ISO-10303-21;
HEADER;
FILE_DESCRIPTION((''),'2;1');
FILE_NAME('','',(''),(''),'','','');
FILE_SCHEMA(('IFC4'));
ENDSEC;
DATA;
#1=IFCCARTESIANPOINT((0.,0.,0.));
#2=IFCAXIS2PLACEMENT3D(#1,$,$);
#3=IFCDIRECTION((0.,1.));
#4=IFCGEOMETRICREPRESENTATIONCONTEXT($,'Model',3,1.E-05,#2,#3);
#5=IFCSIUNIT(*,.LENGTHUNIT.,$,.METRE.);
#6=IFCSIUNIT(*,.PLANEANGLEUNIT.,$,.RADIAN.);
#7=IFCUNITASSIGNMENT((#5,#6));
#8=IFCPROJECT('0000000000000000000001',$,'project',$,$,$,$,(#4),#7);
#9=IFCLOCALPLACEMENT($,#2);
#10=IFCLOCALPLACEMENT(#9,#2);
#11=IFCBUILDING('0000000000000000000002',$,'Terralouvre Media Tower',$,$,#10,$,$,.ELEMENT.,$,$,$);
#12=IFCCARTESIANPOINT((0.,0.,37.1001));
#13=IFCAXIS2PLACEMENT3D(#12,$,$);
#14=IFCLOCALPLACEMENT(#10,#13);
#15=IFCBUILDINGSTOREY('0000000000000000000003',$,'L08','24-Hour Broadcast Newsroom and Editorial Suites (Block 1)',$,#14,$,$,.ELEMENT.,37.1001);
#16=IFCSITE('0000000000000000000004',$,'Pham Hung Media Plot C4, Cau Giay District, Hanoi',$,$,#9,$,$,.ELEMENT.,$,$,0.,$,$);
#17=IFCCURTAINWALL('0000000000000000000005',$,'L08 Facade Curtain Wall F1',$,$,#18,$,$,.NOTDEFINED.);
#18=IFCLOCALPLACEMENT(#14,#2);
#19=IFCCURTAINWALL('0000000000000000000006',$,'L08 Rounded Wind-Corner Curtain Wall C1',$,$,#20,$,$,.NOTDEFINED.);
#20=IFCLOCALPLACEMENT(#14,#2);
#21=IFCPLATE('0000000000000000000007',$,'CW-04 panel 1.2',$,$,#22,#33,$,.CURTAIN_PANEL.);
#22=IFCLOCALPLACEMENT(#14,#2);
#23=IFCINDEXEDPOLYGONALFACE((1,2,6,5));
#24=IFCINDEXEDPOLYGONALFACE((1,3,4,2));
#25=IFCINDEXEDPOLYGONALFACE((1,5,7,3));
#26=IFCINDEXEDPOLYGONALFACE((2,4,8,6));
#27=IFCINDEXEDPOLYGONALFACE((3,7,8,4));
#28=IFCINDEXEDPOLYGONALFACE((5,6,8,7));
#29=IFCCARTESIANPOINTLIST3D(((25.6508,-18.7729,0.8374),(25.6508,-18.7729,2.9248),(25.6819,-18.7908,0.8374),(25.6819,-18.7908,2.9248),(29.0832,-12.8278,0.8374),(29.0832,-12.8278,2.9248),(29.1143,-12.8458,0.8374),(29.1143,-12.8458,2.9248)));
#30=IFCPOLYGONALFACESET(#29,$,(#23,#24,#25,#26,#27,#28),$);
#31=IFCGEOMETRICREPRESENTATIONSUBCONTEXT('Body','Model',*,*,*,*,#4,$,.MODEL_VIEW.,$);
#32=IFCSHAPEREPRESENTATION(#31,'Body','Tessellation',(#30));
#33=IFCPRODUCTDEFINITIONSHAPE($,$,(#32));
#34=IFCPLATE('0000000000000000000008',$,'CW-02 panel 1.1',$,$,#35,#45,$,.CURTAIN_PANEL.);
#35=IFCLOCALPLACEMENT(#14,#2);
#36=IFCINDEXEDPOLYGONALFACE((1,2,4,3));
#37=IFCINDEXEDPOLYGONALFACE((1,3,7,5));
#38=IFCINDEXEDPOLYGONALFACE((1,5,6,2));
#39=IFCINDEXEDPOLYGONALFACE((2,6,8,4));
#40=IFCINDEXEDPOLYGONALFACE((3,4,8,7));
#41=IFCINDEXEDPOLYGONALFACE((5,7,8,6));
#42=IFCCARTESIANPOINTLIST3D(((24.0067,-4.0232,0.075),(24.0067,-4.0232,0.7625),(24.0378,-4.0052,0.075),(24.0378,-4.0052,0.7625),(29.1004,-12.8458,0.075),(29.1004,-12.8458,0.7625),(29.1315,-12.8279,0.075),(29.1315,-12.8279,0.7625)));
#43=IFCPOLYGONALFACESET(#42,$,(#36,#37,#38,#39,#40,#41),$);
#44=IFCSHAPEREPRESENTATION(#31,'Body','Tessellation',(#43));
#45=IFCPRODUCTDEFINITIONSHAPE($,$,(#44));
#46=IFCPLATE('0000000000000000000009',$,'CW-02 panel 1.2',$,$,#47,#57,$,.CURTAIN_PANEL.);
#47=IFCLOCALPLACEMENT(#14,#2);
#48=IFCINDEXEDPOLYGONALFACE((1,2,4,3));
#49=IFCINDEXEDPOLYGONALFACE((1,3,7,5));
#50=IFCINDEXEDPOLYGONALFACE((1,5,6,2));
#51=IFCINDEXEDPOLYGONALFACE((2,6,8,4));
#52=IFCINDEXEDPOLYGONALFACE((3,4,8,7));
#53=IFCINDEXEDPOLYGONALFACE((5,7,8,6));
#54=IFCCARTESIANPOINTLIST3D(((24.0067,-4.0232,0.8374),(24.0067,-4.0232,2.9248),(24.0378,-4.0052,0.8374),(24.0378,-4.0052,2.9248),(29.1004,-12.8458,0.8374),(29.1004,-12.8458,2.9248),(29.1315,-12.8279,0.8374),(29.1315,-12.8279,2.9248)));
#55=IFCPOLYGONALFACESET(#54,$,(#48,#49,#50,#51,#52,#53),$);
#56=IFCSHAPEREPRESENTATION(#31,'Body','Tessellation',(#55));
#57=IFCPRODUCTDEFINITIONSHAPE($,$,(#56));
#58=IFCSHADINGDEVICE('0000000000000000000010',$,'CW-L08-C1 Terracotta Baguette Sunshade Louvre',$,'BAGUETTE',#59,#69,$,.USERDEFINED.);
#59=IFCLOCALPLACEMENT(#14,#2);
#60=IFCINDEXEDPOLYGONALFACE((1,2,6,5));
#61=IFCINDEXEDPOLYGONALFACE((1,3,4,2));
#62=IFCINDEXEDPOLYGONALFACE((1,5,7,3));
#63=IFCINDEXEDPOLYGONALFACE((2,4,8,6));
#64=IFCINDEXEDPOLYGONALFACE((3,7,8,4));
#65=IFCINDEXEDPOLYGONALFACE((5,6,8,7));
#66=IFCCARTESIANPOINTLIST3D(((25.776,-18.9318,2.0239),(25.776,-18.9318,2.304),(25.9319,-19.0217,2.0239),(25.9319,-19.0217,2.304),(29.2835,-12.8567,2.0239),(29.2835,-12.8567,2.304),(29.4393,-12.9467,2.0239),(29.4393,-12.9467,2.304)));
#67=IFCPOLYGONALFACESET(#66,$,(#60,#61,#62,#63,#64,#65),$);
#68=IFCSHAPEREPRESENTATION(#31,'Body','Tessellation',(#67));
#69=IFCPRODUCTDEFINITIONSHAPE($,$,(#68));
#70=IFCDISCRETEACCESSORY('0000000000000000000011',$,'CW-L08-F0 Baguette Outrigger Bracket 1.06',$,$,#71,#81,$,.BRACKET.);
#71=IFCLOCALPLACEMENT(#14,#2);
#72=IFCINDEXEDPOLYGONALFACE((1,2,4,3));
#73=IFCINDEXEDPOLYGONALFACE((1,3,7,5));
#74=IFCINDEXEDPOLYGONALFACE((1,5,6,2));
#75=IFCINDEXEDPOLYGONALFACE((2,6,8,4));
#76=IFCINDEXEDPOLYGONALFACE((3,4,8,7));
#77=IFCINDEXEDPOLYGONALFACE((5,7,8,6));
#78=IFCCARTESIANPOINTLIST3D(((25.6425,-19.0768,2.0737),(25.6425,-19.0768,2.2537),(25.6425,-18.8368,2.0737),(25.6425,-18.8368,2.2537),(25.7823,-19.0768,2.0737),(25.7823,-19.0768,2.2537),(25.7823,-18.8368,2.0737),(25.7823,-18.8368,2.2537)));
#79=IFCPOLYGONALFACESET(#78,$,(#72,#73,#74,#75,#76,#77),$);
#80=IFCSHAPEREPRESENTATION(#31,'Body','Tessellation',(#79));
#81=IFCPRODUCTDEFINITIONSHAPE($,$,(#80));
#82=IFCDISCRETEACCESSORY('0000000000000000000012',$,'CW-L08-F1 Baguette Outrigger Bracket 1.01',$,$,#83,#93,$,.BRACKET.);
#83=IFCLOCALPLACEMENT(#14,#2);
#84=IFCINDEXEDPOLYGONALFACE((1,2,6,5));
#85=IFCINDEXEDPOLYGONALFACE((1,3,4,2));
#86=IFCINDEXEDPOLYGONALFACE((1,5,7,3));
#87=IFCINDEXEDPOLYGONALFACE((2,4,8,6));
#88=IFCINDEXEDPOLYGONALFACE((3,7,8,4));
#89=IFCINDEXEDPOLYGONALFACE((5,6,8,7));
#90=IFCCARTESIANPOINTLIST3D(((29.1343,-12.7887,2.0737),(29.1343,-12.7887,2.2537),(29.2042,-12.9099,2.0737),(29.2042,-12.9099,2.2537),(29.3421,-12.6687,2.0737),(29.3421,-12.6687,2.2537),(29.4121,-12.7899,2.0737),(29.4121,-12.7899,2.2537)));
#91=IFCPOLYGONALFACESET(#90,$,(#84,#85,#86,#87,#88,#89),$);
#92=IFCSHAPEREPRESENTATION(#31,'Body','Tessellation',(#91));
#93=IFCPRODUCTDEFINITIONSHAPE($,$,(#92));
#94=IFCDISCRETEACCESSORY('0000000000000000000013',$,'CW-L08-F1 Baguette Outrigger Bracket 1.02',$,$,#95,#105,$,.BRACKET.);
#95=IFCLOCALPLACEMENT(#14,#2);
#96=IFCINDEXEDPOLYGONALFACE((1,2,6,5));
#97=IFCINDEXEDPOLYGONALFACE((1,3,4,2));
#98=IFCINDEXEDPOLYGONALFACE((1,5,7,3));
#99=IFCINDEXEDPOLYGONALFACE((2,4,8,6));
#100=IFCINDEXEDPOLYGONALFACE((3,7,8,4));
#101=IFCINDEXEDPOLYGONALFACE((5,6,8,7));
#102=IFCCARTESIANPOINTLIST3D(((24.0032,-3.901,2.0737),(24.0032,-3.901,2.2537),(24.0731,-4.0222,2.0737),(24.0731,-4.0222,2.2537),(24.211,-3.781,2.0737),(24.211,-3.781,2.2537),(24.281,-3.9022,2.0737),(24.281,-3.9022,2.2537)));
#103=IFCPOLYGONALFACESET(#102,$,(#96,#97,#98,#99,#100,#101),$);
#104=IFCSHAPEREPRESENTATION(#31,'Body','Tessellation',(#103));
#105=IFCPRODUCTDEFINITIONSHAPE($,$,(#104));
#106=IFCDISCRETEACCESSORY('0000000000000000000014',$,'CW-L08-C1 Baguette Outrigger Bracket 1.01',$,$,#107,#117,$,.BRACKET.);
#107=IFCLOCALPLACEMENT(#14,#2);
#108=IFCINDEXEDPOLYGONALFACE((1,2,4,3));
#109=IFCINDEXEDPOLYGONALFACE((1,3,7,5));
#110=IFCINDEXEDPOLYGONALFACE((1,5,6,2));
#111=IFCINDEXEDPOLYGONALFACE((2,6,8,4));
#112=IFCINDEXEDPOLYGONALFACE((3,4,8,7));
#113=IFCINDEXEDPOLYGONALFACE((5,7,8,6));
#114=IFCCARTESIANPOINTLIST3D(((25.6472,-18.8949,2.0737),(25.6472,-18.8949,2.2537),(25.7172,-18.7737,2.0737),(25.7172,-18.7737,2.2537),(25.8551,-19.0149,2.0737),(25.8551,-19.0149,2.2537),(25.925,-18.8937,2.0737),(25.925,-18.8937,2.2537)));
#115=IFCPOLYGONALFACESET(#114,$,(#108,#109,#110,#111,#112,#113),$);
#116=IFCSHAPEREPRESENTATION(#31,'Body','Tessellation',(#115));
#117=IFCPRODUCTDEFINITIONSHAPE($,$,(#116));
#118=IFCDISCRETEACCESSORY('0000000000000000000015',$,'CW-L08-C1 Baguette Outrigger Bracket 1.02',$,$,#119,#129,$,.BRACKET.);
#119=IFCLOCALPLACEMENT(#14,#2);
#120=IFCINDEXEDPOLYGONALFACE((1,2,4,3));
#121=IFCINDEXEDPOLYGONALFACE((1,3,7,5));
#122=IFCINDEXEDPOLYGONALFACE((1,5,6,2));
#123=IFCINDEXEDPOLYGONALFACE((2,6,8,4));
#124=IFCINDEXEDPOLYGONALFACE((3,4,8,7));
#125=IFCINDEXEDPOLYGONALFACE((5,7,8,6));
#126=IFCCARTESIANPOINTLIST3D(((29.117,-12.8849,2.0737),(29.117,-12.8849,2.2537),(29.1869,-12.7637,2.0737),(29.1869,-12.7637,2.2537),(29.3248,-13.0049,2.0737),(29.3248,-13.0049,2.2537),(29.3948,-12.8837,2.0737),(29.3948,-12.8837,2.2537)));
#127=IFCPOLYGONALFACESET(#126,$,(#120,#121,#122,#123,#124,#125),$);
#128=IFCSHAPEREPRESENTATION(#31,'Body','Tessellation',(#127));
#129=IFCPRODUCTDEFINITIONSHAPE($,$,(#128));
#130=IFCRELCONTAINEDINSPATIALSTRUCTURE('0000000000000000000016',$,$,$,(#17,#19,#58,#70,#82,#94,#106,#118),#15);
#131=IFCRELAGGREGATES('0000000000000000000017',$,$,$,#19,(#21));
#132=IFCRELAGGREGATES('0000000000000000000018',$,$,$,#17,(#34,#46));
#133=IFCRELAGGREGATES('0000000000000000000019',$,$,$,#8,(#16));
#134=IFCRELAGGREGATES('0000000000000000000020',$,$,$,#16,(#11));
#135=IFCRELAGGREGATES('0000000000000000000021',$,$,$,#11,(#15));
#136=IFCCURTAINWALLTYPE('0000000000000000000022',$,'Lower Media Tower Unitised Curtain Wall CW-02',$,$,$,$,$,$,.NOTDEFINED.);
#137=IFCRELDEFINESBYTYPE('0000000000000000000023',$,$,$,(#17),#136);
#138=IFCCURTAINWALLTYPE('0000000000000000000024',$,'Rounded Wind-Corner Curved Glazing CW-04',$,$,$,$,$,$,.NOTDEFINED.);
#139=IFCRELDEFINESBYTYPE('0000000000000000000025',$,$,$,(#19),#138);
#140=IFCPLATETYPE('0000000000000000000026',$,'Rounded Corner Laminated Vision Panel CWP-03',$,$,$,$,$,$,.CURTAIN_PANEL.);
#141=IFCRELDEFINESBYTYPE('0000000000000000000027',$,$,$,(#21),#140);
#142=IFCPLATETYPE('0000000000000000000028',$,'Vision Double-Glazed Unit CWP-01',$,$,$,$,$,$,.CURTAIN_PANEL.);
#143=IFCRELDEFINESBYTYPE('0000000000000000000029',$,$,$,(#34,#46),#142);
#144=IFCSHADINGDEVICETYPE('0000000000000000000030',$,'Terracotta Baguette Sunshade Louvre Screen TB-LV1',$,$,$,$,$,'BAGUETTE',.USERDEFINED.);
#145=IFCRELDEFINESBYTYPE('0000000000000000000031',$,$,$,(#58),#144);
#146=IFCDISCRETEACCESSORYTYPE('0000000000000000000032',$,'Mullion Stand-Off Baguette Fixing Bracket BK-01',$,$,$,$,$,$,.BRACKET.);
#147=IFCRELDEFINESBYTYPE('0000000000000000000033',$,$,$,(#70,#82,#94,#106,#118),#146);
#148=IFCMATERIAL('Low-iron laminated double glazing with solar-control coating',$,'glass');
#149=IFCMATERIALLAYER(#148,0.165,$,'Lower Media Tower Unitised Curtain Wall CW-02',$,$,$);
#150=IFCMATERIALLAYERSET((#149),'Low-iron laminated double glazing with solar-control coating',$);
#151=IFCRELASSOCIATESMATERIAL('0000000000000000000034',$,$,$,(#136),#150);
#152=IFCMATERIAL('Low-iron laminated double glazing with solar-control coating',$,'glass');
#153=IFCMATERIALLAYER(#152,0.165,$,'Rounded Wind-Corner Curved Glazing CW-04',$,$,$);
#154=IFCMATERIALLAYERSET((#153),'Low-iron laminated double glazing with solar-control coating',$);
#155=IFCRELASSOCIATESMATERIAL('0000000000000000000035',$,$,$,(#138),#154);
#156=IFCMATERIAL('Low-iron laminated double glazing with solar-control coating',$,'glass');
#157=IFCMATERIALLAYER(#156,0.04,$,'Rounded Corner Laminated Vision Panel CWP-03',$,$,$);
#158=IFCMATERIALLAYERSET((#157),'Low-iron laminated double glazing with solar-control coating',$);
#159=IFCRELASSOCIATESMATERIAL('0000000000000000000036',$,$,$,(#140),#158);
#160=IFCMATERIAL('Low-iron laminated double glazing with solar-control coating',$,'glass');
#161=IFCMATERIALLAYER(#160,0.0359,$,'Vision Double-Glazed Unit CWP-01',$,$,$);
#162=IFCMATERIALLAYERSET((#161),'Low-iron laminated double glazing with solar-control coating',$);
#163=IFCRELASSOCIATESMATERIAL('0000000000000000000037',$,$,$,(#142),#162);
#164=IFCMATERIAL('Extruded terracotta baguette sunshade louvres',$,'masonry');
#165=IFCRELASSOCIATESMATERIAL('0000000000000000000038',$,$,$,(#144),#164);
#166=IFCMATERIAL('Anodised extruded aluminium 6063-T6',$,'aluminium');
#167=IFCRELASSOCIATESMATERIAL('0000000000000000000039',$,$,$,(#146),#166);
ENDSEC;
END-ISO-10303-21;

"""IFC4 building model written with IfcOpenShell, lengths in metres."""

from ifc_helpers import new_model, si_unit, direction, frame, origin, origin_2d, place, context, subcontext, project, spatial, rectangle, extrude, material, layer, layer_set, type_object, element, aggregate, save


model = new_model("IFC4")

# Units and contexts
model_context = context("Model", 3, precision=1e-05, world=origin(), true_north=direction((0.0, 1.0)))
body_context = subcontext(model_context, "Body", "Model", "MODEL_VIEW")
ifc_project = project(units=[si_unit("LENGTHUNIT", "METRE"), si_unit("PLANEANGLEUNIT", "RADIAN")], contexts=[model_context])

# Site, building, storey
site_placement = place(None, origin())
site = spatial("IfcSite", under=ifc_project, at=site_placement, Name="Pham Hung Media Plot C4, Cau Giay District, Hanoi", CompositionType="ELEMENT", RefElevation=0.0)
building_placement = place(site_placement, origin())
building = spatial("IfcBuilding", under=site, at=building_placement, Name="Terralouvre Media Tower", CompositionType="ELEMENT")
storey_placement = place(building_placement, frame((0.0, 0.0, 37.1001)))
storey = spatial("IfcBuildingStorey", under=building, at=storey_placement, Name="L08", Description="24-Hour Broadcast Newsroom and Editorial Suites (Block 1)", CompositionType="ELEMENT", Elevation=37.1001)

# Curtain walls
ifc_material_1 = material(Name="Low-iron laminated double glazing with solar-control coating", Category="glass")
ifc_layer_1 = layer(ifc_material_1, 0.165, Name="Lower Media Tower Unitised Curtain Wall CW-02")
ifc_layer_set_1 = layer_set([ifc_layer_1], Name="Low-iron laminated double glazing with solar-control coating")
curtain_wall_type_1 = type_object("IfcCurtainWallType", Name="Lower Media Tower Unitised Curtain Wall CW-02", PredefinedType="NOTDEFINED", material=ifc_layer_set_1)
curtain_wall_1_placement = place(storey_placement, origin())
curtain_wall_1 = element("IfcCurtainWall", 1, at=curtain_wall_1_placement, inside=storey, type_object=curtain_wall_type_1, Name="L08 Facade Curtain Wall F1", PredefinedType="NOTDEFINED")
ifc_material_2 = material(Name="Low-iron laminated double glazing with solar-control coating", Category="glass")
ifc_layer_2 = layer(ifc_material_2, 0.165, Name="Rounded Wind-Corner Curved Glazing CW-04")
ifc_layer_set_2 = layer_set([ifc_layer_2], Name="Low-iron laminated double glazing with solar-control coating")
curtain_wall_type_2 = type_object("IfcCurtainWallType", Name="Rounded Wind-Corner Curved Glazing CW-04", PredefinedType="NOTDEFINED", material=ifc_layer_set_2)
curtain_wall_2_placement = place(storey_placement, origin())
curtain_wall_2 = element("IfcCurtainWall", 2, at=curtain_wall_2_placement, inside=storey, type_object=curtain_wall_type_2, Name="L08 Rounded Wind-Corner Curtain Wall C1", PredefinedType="NOTDEFINED")

# Plates
ifc_material_3 = material(Name="Low-iron laminated double glazing with solar-control coating", Category="glass")
ifc_layer_3 = layer(ifc_material_3, 0.04, Name="Rounded Corner Laminated Vision Panel CWP-03")
ifc_layer_set_3 = layer_set([ifc_layer_3], Name="Low-iron laminated double glazing with solar-control coating")
plate_type_1 = type_object("IfcPlateType", Name="Rounded Corner Laminated Vision Panel CWP-03", PredefinedType="CURTAIN_PANEL", material=ifc_layer_set_3)
plate_1_placement = place(storey_placement, frame((27.3826, -15.8093, 0.8374), z_axis=(0.0, 0.0, 1.0), x_axis=(0.5, 0.866026, 0.0)))
plate_1 = element("IfcPlate", 3, at=plate_1_placement, type_object=plate_type_1, Name="CW-04 panel 1.2", PredefinedType="CURTAIN_PANEL", context=body_context, shape_type="SweptSolid", body=[
    extrude(rectangle(XDim=6.8647, YDim=0.0359, at=origin_2d()), origin(), (0.0, 0.0, 1.0), 2.0874),
])
aggregate(curtain_wall_2, [plate_1])
ifc_material_4 = material(Name="Low-iron laminated double glazing with solar-control coating", Category="glass")
ifc_layer_4 = layer(ifc_material_4, 0.0359, Name="Vision Double-Glazed Unit CWP-01")
ifc_layer_set_4 = layer_set([ifc_layer_4], Name="Low-iron laminated double glazing with solar-control coating")
plate_type_2 = type_object("IfcPlateType", Name="Vision Double-Glazed Unit CWP-01", PredefinedType="CURTAIN_PANEL", material=ifc_layer_set_4)
plate_2_placement = place(storey_placement, frame((26.5691, -8.4255, 0.075), z_axis=(0.0, 0.0, 1.0), x_axis=(-0.5, 0.866025, 0.0)))
plate_2 = element("IfcPlate", 4, at=plate_2_placement, type_object=plate_type_2, Name="CW-02 panel 1.1", PredefinedType="CURTAIN_PANEL", context=body_context, shape_type="SweptSolid", body=[
    extrude(rectangle(XDim=10.1875, YDim=0.0359, at=origin_2d()), origin(), (0.0, 0.0, 1.0), 0.6875),
])
plate_3_placement = place(storey_placement, frame((26.5691, -8.4255, 0.8374), z_axis=(0.0, 0.0, 1.0), x_axis=(-0.5, 0.866025, 0.0)))
plate_3 = element("IfcPlate", 5, at=plate_3_placement, type_object=plate_type_2, Name="CW-02 panel 1.2", PredefinedType="CURTAIN_PANEL", context=body_context, shape_type="SweptSolid", body=[
    extrude(rectangle(XDim=10.1875, YDim=0.0359, at=origin_2d()), origin(), (0.0, 0.0, 1.0), 2.0874),
])
aggregate(curtain_wall_1, [plate_2, plate_3])

# Shading device
ifc_material_5 = material(Name="Extruded terracotta baguette sunshade louvres", Category="masonry")
shading_device_type = type_object("IfcShadingDeviceType", Name="Terracotta Baguette Sunshade Louvre Screen TB-LV1", ElementType="BAGUETTE", PredefinedType="USERDEFINED", material=ifc_material_5)
shading_device_placement = place(storey_placement, frame((27.6077, -15.9392, 2.0239), z_axis=(0.0, 0.0, 1.0), x_axis=(0.5, 0.866026, 0.0)))
element("IfcShadingDevice", 6, at=shading_device_placement, inside=storey, type_object=shading_device_type, Name="CW-L08-C1 Terracotta Baguette Sunshade Louvre", ObjectType="BAGUETTE", PredefinedType="USERDEFINED", context=body_context, shape_type="SweptSolid", body=[
    extrude(rectangle(XDim=7.0149, YDim=0.1799, at=origin_2d()), origin(), (0.0, 0.0, 1.0), 0.28),
])

# Discrete accessories
ifc_material_6 = material(Name="Anodised extruded aluminium 6063-T6", Category="aluminium")
discrete_accessory_type = type_object("IfcDiscreteAccessoryType", Name="Mullion Stand-Off Baguette Fixing Bracket BK-01", PredefinedType="BRACKET", material=ifc_material_6)
for number, where, z_axis, x_axis, name in (
    (7, (25.7124, -18.9568, 2.0737), (0.0, 0.0, 1.0), (1.0, 0.0, 0.0), "CW-L08-F0 Baguette Outrigger Bracket 1.06"),
    (8, (29.2732, -12.7893, 2.0737), (0.0, 0.0, 1.0), (-0.5, 0.866025, 0.0), "CW-L08-F1 Baguette Outrigger Bracket 1.01"),
    (9, (24.1421, -3.9016, 2.0737), (0.0, 0.0, 1.0), (-0.5, 0.866025, 0.0), "CW-L08-F1 Baguette Outrigger Bracket 1.02"),
    (10, (25.7861, -18.8943, 2.0737), (0.0, 0.0, 1.0), (0.5, 0.866026, 0.0), "CW-L08-C1 Baguette Outrigger Bracket 1.01"),
    (11, (29.2559, -12.8843, 2.0737), (0.0, 0.0, 1.0), (0.5, 0.866026, 0.0), "CW-L08-C1 Baguette Outrigger Bracket 1.02"),
):
    element("IfcDiscreteAccessory", number, at=place(storey_placement, frame(where, z_axis=z_axis, x_axis=x_axis)), inside=storey, type_object=discrete_accessory_type, Name=name, PredefinedType="BRACKET", context=body_context, shape_type="SweptSolid", body=[
        extrude(rectangle(XDim=0.1399, YDim=0.24, at=origin_2d()), origin(), (0.0, 0.0, 1.0), 0.1799),
    ])

save(model, "model.ifc")
